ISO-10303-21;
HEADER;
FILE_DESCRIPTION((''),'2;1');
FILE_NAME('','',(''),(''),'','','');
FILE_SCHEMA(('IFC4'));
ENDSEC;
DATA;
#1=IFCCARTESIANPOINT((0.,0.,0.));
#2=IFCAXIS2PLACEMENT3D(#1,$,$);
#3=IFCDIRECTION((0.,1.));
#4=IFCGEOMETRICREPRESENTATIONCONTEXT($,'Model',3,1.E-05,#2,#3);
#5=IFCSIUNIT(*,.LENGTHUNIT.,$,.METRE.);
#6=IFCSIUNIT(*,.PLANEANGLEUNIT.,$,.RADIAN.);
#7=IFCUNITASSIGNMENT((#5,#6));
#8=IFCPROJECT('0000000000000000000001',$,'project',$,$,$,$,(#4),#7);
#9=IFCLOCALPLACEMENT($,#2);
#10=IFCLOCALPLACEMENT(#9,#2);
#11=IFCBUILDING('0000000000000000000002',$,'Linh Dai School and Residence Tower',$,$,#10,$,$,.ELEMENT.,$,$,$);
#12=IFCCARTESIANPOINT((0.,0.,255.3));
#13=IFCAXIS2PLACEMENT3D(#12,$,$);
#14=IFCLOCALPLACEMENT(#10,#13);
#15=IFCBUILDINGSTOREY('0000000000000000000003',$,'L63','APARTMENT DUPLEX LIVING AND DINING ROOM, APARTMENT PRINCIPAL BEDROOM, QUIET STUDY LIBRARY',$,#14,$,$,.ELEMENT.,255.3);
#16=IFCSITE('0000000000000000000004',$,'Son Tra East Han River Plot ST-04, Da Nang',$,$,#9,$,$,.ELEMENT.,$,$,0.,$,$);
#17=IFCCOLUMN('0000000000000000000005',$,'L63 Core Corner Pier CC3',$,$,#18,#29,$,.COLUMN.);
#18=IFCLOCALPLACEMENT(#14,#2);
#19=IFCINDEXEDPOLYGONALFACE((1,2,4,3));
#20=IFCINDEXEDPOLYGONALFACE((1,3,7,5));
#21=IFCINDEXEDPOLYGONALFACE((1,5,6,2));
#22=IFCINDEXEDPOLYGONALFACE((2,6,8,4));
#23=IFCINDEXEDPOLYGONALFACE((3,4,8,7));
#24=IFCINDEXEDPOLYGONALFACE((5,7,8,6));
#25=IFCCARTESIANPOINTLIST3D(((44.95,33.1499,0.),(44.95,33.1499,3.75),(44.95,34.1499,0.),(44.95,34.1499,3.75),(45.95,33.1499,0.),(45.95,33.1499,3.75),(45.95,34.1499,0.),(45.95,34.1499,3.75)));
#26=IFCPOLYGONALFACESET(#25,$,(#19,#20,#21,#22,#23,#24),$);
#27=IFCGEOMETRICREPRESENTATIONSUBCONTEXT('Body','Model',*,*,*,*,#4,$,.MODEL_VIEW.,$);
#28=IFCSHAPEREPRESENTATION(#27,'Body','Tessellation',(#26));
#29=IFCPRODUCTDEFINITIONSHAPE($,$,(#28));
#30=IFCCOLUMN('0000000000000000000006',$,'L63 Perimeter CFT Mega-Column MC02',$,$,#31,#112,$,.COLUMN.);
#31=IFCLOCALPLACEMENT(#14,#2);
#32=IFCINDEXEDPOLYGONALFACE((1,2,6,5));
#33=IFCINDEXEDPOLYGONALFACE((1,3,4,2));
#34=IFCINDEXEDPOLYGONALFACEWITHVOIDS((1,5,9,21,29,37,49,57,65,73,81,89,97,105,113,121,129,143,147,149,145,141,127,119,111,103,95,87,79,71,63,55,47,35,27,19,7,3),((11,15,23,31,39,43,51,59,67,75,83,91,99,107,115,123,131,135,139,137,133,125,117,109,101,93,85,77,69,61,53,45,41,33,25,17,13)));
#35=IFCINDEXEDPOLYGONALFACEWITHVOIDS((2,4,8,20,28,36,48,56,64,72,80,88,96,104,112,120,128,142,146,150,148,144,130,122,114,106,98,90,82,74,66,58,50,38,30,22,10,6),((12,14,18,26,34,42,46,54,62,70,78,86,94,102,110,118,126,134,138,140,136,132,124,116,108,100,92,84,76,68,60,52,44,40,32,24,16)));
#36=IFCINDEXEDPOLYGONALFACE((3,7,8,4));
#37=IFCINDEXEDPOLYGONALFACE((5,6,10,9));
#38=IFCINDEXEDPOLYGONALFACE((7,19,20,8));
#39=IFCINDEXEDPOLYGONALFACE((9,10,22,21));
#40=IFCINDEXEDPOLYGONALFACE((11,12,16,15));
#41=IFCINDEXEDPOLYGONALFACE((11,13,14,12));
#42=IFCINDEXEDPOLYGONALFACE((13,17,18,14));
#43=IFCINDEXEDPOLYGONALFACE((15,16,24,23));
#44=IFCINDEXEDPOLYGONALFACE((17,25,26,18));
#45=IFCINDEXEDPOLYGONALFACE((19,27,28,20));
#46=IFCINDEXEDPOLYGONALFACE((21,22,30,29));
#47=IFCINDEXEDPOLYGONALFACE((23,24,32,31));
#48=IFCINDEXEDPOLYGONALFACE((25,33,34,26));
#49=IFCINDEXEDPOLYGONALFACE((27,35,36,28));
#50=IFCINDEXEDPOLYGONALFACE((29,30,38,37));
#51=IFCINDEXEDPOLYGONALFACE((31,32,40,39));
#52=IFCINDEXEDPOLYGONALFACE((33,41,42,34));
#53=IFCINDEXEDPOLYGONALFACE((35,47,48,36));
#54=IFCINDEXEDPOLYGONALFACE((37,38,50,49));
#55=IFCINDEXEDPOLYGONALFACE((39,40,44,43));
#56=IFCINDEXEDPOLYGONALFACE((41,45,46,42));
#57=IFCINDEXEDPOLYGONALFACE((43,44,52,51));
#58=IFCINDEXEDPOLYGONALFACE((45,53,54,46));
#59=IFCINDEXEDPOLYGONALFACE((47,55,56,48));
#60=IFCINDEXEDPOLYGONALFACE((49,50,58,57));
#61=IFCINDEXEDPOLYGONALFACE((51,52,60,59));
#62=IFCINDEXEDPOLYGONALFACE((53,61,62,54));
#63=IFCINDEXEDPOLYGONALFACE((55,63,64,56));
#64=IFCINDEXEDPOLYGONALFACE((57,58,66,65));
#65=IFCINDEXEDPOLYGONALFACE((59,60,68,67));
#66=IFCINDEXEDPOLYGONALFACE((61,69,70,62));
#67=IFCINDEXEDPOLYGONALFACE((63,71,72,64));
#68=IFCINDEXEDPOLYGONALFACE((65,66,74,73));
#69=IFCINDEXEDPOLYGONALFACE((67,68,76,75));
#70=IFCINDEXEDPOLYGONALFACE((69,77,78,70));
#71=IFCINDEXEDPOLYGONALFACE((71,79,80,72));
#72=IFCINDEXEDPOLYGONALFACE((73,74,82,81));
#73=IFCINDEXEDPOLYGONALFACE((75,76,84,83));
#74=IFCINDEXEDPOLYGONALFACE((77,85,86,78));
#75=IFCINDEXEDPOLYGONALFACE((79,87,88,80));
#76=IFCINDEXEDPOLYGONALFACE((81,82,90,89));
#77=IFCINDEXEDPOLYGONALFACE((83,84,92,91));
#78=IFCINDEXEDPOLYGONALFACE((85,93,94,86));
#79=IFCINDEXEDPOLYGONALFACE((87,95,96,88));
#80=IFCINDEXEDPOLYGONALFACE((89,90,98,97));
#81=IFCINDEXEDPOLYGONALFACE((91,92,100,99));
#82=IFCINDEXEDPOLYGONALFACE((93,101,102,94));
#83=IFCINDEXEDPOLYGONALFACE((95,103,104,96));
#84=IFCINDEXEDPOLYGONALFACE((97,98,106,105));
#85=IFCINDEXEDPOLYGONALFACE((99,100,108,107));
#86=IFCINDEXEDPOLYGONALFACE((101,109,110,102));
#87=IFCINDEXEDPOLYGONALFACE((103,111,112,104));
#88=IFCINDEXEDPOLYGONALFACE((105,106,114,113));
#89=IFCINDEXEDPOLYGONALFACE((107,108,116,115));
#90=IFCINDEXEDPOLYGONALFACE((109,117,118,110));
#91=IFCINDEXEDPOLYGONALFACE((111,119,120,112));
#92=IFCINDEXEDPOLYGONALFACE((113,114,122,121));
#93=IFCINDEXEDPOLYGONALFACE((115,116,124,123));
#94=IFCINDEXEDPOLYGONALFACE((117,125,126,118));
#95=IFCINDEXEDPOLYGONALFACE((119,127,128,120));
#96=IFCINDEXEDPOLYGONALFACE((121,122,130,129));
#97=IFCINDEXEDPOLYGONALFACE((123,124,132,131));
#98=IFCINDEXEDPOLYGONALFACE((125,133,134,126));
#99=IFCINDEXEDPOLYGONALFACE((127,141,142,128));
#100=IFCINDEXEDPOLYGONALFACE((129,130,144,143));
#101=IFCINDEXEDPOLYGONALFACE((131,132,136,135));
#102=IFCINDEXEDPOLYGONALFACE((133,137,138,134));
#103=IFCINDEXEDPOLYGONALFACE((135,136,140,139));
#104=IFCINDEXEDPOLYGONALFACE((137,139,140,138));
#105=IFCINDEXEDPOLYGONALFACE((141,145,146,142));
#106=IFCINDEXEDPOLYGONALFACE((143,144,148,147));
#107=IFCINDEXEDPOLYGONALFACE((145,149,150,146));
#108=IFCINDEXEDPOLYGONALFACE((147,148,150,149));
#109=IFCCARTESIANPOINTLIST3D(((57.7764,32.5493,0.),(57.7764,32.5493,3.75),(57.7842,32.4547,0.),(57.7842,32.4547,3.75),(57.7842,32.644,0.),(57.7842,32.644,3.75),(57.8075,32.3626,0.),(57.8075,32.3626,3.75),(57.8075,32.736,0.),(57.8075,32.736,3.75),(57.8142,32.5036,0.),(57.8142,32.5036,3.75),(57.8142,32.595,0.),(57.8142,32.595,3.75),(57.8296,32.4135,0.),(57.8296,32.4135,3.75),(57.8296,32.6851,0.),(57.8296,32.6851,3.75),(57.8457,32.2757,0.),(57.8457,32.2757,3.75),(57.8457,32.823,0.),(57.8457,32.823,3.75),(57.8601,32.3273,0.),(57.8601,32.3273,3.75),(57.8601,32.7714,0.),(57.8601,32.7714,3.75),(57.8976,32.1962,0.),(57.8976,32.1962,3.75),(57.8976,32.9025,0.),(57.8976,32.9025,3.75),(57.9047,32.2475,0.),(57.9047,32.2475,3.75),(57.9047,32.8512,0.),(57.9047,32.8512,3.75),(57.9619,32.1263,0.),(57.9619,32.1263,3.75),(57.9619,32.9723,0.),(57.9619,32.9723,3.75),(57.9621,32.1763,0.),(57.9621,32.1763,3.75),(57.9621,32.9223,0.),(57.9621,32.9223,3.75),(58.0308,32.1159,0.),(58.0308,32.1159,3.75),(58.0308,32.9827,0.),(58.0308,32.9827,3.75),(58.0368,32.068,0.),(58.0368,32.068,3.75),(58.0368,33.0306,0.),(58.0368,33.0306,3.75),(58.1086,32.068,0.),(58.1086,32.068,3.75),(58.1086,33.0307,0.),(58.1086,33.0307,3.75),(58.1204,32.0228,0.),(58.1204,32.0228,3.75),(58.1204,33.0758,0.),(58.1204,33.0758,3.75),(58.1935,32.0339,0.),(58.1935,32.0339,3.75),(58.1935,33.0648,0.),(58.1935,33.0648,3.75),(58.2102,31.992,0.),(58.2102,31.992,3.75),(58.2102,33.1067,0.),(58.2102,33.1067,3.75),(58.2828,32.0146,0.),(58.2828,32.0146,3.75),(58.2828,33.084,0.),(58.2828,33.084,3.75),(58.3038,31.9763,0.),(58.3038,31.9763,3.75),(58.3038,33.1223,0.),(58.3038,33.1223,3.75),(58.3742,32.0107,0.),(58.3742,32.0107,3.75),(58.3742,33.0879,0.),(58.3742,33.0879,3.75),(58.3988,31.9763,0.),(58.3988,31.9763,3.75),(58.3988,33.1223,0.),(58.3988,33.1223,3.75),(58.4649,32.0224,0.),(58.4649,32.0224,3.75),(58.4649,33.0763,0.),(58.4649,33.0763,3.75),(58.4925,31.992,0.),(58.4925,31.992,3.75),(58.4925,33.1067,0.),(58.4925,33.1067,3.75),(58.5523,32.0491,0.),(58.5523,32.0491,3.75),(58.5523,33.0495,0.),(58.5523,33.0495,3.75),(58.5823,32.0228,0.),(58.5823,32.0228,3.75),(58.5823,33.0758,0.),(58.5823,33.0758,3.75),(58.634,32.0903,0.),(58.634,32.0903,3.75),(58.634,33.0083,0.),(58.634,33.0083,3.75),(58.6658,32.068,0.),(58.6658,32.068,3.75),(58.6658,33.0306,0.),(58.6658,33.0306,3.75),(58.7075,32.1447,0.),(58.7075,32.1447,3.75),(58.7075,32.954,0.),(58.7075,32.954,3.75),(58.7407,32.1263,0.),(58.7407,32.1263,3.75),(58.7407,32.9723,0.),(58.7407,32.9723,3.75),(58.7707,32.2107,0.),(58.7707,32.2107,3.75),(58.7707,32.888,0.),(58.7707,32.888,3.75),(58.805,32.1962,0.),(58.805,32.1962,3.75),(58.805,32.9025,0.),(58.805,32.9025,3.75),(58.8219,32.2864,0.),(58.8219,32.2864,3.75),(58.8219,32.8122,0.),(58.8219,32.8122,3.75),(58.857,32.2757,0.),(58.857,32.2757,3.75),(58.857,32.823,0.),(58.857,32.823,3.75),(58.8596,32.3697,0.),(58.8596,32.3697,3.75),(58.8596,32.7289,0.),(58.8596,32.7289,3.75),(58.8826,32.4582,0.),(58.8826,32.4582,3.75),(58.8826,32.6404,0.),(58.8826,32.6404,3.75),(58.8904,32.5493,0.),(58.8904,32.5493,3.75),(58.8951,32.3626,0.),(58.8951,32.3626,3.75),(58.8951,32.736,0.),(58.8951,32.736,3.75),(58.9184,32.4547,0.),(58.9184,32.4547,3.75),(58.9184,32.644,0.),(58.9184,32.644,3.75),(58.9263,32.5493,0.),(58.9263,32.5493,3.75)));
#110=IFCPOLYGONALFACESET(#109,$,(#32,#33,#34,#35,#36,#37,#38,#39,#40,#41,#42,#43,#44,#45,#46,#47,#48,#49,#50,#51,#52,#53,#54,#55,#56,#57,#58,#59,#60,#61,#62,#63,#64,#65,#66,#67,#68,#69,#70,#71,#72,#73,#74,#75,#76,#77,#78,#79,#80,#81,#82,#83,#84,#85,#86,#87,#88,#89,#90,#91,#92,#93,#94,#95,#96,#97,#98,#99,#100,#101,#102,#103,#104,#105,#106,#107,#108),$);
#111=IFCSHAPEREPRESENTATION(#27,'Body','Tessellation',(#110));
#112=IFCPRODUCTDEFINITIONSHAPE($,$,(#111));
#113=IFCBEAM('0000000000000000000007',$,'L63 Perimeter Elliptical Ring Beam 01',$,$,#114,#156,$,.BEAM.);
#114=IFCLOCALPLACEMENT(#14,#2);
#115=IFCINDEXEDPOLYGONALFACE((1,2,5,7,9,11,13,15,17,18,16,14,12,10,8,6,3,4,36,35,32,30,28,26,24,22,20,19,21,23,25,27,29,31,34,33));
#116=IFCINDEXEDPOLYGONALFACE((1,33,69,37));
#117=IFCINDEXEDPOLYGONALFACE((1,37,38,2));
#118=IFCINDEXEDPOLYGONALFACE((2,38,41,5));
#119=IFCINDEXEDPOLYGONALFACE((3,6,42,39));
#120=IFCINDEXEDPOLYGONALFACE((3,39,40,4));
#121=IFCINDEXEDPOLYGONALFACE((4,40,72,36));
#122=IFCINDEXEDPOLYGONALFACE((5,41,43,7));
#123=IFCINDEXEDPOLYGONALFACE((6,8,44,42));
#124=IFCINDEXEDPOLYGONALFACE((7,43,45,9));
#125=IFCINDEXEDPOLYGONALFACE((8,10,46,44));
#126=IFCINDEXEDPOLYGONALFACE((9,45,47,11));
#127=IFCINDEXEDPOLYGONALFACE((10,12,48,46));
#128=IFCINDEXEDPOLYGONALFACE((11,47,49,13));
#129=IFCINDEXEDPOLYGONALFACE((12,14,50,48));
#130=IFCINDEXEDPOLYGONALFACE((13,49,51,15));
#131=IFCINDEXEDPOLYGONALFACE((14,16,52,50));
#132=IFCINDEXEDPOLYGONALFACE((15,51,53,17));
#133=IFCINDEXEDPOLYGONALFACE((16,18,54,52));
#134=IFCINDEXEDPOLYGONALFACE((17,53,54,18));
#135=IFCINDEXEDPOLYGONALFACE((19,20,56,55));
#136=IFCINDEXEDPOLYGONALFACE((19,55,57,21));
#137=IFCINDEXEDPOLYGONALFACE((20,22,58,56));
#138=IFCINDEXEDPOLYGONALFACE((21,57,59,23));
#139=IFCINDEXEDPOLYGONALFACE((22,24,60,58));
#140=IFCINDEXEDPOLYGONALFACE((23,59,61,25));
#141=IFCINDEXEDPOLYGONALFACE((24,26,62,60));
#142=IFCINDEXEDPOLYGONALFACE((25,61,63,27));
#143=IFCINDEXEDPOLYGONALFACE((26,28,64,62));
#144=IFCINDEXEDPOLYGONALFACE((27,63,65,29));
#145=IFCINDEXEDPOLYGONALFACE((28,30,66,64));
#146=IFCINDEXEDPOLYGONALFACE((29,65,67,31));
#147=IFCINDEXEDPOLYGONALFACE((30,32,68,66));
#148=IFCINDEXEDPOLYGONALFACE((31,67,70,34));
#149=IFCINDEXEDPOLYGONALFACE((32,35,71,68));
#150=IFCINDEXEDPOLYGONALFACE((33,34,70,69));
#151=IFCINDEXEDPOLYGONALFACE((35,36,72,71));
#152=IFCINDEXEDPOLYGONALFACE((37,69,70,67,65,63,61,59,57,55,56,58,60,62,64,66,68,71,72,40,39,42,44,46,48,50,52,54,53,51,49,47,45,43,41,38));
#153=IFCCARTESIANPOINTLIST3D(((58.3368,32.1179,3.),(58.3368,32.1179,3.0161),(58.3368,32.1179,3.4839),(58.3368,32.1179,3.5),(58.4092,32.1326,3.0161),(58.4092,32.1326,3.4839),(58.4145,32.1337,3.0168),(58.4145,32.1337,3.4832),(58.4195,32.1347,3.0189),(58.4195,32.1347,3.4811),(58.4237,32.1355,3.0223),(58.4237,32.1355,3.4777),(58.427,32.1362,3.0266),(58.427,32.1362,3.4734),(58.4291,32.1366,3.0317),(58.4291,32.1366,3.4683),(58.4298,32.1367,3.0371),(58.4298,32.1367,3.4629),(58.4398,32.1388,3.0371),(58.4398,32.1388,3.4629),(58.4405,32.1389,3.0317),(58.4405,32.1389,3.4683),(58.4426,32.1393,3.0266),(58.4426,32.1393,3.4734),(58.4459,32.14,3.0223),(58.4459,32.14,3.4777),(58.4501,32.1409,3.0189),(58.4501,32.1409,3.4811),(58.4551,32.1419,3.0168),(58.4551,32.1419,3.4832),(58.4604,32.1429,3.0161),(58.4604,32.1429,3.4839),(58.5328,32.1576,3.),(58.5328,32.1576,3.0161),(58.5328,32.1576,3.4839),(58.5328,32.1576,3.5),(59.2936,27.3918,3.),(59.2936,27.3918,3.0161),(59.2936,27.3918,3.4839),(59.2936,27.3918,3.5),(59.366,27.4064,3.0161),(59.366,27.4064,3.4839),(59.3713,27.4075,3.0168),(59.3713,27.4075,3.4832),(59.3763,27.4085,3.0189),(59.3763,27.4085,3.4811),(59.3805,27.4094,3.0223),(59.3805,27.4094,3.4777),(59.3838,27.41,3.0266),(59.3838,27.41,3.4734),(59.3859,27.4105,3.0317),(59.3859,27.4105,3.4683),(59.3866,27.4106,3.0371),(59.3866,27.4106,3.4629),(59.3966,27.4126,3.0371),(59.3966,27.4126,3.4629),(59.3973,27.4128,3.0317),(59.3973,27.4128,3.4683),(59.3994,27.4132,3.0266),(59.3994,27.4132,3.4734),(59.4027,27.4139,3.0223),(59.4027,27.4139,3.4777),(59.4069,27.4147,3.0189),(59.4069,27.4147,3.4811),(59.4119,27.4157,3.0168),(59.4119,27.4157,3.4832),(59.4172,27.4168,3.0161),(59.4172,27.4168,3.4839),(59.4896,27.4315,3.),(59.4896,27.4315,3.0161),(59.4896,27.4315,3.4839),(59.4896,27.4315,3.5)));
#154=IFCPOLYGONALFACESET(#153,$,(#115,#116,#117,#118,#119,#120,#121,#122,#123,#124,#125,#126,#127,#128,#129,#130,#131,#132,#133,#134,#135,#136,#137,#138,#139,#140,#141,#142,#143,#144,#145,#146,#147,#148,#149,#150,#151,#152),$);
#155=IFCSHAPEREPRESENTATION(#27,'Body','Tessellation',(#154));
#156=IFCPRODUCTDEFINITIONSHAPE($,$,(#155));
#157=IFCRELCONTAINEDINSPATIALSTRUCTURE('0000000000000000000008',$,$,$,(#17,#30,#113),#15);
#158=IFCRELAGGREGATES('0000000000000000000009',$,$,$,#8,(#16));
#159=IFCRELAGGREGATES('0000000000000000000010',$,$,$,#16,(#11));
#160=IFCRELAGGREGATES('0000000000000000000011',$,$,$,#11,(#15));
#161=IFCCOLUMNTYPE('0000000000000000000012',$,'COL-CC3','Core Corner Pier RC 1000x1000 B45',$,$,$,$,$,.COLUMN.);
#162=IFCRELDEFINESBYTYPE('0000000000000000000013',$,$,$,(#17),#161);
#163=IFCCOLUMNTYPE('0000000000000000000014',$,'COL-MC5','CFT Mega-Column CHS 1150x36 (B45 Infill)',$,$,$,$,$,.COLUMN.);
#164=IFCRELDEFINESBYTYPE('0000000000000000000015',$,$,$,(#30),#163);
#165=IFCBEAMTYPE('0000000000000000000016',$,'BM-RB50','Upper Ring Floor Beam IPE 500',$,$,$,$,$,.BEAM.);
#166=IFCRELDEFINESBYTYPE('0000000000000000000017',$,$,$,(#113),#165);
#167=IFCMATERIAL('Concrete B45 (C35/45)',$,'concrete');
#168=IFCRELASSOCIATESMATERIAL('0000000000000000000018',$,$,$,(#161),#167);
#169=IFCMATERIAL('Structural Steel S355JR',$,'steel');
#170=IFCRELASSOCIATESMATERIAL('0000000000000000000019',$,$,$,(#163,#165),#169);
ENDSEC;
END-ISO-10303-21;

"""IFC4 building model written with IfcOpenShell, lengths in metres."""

from ifc_helpers import new_model, si_unit, direction, frame, origin, origin_2d, place, context, subcontext, project, spatial, rectangle, hollow_circle, i_section, extrude, material, material_profile, profile_set, type_object, element, save


model = new_model("IFC4")

# Units and contexts
model_context = context("Model", 3, precision=1e-05, world=origin(), true_north=direction((0.0, 1.0)))
body_context = subcontext(model_context, "Body", "Model", "MODEL_VIEW")
ifc_project = project(units=[si_unit("LENGTHUNIT", "METRE"), si_unit("PLANEANGLEUNIT", "RADIAN")], contexts=[model_context])

# Site, building, storey
site_placement = place(None, origin())
site = spatial("IfcSite", under=ifc_project, at=site_placement, Name="Son Tra East Han River Plot ST-04, Da Nang", CompositionType="ELEMENT", RefElevation=0.0)
building_placement = place(site_placement, origin())
building = spatial("IfcBuilding", under=site, at=building_placement, Name="Linh Dai School and Residence Tower", CompositionType="ELEMENT")
storey_placement = place(building_placement, frame((0.0, 0.0, 255.3)))
storey = spatial("IfcBuildingStorey", under=building, at=storey_placement, Name="L63", Description="APARTMENT DUPLEX LIVING AND DINING ROOM, APARTMENT PRINCIPAL BEDROOM, QUIET STUDY LIBRARY", CompositionType="ELEMENT", Elevation=255.3)

# Columns
ifc_material_1 = material(Name="Concrete B45 (C35/45)", Category="concrete")
ifc_material_profile_1 = material_profile(ifc_material_1, rectangle(XDim=1.0, YDim=1.0, at=origin_2d()), Name="RC 1000x1000")
ifc_profile_set_1 = profile_set([ifc_material_profile_1], Name="Concrete B45 (C35/45)")
column_type_1 = type_object("IfcColumnType", Name="COL-CC3", Description="Core Corner Pier RC 1000x1000 B45", PredefinedType="COLUMN", material=ifc_profile_set_1)
column_1_placement = place(storey_placement, frame((45.45, 33.6499, 0.0), z_axis=(0.0, 0.0, 1.0), x_axis=(1.0, 0.0, 0.0)))
element("IfcColumn", 1, at=column_1_placement, inside=storey, type_object=column_type_1, Name="L63 Core Corner Pier CC3", PredefinedType="COLUMN", context=body_context, shape_type="SweptSolid", body=[
    extrude(rectangle(XDim=1.0, YDim=1.0, at=origin_2d()), origin(), (0.0, 0.0, 1.0), 3.75),
])
ifc_material_2 = material(Name="Structural Steel S355JR", Category="steel")
ifc_material_profile_2 = material_profile(ifc_material_2, hollow_circle(Radius=0.575, WallThickness=0.0359, at=origin_2d()), Name="CHS 1150x36")
ifc_profile_set_2 = profile_set([ifc_material_profile_2], Name="Structural Steel S355JR")
column_type_2 = type_object("IfcColumnType", Name="COL-MC5", Description="CFT Mega-Column CHS 1150x36 (B45 Infill)", PredefinedType="COLUMN", material=ifc_profile_set_2)
column_2_placement = place(storey_placement, frame((58.3513, 32.5493, 0.0), z_axis=(0.0, 0.0, 1.0), x_axis=(1.0, 0.0, 0.0)))
element("IfcColumn", 2, at=column_2_placement, inside=storey, type_object=column_type_2, Name="L63 Perimeter CFT Mega-Column MC02", PredefinedType="COLUMN", context=body_context, shape_type="SweptSolid", body=[
    extrude(hollow_circle(Radius=0.575, WallThickness=0.0359, at=origin_2d()), origin(), (0.0, 0.0, 1.0), 3.75),
])

# Beam
ifc_material_profile_3 = material_profile(ifc_material_2, i_section(OverallWidth=0.2, OverallDepth=0.5, WebThickness=0.0103, FlangeThickness=0.0161, FilletRadius=0.021, at=origin_2d()), Name="IPE 500")
ifc_profile_set_3 = profile_set([ifc_material_profile_3], Name="Structural Steel S355JR")
beam_type_1 = type_object("IfcBeamType", Name="BM-RB50", Description="Upper Ring Floor Beam IPE 500", PredefinedType="BEAM", material=ifc_profile_set_3)
beam_1_placement = place(storey_placement, frame((59.3916, 27.4116, 3.25), z_axis=(-0.198423, 0.980116, 0.0), x_axis=(-0.980116, -0.198423, 0.0)))
element("IfcBeam", 3, at=beam_1_placement, inside=storey, type_object=beam_type_1, Name="L63 Perimeter Elliptical Ring Beam 01", PredefinedType="BEAM", context=body_context, shape_type="SweptSolid", body=[
    extrude(i_section(OverallWidth=0.2, OverallDepth=0.5, WebThickness=0.0103, FlangeThickness=0.0161, FilletRadius=0.021, at=origin_2d()), origin(), (0.0, 0.0, 1.0), 4.822),
])

save(model, "model.ifc")
